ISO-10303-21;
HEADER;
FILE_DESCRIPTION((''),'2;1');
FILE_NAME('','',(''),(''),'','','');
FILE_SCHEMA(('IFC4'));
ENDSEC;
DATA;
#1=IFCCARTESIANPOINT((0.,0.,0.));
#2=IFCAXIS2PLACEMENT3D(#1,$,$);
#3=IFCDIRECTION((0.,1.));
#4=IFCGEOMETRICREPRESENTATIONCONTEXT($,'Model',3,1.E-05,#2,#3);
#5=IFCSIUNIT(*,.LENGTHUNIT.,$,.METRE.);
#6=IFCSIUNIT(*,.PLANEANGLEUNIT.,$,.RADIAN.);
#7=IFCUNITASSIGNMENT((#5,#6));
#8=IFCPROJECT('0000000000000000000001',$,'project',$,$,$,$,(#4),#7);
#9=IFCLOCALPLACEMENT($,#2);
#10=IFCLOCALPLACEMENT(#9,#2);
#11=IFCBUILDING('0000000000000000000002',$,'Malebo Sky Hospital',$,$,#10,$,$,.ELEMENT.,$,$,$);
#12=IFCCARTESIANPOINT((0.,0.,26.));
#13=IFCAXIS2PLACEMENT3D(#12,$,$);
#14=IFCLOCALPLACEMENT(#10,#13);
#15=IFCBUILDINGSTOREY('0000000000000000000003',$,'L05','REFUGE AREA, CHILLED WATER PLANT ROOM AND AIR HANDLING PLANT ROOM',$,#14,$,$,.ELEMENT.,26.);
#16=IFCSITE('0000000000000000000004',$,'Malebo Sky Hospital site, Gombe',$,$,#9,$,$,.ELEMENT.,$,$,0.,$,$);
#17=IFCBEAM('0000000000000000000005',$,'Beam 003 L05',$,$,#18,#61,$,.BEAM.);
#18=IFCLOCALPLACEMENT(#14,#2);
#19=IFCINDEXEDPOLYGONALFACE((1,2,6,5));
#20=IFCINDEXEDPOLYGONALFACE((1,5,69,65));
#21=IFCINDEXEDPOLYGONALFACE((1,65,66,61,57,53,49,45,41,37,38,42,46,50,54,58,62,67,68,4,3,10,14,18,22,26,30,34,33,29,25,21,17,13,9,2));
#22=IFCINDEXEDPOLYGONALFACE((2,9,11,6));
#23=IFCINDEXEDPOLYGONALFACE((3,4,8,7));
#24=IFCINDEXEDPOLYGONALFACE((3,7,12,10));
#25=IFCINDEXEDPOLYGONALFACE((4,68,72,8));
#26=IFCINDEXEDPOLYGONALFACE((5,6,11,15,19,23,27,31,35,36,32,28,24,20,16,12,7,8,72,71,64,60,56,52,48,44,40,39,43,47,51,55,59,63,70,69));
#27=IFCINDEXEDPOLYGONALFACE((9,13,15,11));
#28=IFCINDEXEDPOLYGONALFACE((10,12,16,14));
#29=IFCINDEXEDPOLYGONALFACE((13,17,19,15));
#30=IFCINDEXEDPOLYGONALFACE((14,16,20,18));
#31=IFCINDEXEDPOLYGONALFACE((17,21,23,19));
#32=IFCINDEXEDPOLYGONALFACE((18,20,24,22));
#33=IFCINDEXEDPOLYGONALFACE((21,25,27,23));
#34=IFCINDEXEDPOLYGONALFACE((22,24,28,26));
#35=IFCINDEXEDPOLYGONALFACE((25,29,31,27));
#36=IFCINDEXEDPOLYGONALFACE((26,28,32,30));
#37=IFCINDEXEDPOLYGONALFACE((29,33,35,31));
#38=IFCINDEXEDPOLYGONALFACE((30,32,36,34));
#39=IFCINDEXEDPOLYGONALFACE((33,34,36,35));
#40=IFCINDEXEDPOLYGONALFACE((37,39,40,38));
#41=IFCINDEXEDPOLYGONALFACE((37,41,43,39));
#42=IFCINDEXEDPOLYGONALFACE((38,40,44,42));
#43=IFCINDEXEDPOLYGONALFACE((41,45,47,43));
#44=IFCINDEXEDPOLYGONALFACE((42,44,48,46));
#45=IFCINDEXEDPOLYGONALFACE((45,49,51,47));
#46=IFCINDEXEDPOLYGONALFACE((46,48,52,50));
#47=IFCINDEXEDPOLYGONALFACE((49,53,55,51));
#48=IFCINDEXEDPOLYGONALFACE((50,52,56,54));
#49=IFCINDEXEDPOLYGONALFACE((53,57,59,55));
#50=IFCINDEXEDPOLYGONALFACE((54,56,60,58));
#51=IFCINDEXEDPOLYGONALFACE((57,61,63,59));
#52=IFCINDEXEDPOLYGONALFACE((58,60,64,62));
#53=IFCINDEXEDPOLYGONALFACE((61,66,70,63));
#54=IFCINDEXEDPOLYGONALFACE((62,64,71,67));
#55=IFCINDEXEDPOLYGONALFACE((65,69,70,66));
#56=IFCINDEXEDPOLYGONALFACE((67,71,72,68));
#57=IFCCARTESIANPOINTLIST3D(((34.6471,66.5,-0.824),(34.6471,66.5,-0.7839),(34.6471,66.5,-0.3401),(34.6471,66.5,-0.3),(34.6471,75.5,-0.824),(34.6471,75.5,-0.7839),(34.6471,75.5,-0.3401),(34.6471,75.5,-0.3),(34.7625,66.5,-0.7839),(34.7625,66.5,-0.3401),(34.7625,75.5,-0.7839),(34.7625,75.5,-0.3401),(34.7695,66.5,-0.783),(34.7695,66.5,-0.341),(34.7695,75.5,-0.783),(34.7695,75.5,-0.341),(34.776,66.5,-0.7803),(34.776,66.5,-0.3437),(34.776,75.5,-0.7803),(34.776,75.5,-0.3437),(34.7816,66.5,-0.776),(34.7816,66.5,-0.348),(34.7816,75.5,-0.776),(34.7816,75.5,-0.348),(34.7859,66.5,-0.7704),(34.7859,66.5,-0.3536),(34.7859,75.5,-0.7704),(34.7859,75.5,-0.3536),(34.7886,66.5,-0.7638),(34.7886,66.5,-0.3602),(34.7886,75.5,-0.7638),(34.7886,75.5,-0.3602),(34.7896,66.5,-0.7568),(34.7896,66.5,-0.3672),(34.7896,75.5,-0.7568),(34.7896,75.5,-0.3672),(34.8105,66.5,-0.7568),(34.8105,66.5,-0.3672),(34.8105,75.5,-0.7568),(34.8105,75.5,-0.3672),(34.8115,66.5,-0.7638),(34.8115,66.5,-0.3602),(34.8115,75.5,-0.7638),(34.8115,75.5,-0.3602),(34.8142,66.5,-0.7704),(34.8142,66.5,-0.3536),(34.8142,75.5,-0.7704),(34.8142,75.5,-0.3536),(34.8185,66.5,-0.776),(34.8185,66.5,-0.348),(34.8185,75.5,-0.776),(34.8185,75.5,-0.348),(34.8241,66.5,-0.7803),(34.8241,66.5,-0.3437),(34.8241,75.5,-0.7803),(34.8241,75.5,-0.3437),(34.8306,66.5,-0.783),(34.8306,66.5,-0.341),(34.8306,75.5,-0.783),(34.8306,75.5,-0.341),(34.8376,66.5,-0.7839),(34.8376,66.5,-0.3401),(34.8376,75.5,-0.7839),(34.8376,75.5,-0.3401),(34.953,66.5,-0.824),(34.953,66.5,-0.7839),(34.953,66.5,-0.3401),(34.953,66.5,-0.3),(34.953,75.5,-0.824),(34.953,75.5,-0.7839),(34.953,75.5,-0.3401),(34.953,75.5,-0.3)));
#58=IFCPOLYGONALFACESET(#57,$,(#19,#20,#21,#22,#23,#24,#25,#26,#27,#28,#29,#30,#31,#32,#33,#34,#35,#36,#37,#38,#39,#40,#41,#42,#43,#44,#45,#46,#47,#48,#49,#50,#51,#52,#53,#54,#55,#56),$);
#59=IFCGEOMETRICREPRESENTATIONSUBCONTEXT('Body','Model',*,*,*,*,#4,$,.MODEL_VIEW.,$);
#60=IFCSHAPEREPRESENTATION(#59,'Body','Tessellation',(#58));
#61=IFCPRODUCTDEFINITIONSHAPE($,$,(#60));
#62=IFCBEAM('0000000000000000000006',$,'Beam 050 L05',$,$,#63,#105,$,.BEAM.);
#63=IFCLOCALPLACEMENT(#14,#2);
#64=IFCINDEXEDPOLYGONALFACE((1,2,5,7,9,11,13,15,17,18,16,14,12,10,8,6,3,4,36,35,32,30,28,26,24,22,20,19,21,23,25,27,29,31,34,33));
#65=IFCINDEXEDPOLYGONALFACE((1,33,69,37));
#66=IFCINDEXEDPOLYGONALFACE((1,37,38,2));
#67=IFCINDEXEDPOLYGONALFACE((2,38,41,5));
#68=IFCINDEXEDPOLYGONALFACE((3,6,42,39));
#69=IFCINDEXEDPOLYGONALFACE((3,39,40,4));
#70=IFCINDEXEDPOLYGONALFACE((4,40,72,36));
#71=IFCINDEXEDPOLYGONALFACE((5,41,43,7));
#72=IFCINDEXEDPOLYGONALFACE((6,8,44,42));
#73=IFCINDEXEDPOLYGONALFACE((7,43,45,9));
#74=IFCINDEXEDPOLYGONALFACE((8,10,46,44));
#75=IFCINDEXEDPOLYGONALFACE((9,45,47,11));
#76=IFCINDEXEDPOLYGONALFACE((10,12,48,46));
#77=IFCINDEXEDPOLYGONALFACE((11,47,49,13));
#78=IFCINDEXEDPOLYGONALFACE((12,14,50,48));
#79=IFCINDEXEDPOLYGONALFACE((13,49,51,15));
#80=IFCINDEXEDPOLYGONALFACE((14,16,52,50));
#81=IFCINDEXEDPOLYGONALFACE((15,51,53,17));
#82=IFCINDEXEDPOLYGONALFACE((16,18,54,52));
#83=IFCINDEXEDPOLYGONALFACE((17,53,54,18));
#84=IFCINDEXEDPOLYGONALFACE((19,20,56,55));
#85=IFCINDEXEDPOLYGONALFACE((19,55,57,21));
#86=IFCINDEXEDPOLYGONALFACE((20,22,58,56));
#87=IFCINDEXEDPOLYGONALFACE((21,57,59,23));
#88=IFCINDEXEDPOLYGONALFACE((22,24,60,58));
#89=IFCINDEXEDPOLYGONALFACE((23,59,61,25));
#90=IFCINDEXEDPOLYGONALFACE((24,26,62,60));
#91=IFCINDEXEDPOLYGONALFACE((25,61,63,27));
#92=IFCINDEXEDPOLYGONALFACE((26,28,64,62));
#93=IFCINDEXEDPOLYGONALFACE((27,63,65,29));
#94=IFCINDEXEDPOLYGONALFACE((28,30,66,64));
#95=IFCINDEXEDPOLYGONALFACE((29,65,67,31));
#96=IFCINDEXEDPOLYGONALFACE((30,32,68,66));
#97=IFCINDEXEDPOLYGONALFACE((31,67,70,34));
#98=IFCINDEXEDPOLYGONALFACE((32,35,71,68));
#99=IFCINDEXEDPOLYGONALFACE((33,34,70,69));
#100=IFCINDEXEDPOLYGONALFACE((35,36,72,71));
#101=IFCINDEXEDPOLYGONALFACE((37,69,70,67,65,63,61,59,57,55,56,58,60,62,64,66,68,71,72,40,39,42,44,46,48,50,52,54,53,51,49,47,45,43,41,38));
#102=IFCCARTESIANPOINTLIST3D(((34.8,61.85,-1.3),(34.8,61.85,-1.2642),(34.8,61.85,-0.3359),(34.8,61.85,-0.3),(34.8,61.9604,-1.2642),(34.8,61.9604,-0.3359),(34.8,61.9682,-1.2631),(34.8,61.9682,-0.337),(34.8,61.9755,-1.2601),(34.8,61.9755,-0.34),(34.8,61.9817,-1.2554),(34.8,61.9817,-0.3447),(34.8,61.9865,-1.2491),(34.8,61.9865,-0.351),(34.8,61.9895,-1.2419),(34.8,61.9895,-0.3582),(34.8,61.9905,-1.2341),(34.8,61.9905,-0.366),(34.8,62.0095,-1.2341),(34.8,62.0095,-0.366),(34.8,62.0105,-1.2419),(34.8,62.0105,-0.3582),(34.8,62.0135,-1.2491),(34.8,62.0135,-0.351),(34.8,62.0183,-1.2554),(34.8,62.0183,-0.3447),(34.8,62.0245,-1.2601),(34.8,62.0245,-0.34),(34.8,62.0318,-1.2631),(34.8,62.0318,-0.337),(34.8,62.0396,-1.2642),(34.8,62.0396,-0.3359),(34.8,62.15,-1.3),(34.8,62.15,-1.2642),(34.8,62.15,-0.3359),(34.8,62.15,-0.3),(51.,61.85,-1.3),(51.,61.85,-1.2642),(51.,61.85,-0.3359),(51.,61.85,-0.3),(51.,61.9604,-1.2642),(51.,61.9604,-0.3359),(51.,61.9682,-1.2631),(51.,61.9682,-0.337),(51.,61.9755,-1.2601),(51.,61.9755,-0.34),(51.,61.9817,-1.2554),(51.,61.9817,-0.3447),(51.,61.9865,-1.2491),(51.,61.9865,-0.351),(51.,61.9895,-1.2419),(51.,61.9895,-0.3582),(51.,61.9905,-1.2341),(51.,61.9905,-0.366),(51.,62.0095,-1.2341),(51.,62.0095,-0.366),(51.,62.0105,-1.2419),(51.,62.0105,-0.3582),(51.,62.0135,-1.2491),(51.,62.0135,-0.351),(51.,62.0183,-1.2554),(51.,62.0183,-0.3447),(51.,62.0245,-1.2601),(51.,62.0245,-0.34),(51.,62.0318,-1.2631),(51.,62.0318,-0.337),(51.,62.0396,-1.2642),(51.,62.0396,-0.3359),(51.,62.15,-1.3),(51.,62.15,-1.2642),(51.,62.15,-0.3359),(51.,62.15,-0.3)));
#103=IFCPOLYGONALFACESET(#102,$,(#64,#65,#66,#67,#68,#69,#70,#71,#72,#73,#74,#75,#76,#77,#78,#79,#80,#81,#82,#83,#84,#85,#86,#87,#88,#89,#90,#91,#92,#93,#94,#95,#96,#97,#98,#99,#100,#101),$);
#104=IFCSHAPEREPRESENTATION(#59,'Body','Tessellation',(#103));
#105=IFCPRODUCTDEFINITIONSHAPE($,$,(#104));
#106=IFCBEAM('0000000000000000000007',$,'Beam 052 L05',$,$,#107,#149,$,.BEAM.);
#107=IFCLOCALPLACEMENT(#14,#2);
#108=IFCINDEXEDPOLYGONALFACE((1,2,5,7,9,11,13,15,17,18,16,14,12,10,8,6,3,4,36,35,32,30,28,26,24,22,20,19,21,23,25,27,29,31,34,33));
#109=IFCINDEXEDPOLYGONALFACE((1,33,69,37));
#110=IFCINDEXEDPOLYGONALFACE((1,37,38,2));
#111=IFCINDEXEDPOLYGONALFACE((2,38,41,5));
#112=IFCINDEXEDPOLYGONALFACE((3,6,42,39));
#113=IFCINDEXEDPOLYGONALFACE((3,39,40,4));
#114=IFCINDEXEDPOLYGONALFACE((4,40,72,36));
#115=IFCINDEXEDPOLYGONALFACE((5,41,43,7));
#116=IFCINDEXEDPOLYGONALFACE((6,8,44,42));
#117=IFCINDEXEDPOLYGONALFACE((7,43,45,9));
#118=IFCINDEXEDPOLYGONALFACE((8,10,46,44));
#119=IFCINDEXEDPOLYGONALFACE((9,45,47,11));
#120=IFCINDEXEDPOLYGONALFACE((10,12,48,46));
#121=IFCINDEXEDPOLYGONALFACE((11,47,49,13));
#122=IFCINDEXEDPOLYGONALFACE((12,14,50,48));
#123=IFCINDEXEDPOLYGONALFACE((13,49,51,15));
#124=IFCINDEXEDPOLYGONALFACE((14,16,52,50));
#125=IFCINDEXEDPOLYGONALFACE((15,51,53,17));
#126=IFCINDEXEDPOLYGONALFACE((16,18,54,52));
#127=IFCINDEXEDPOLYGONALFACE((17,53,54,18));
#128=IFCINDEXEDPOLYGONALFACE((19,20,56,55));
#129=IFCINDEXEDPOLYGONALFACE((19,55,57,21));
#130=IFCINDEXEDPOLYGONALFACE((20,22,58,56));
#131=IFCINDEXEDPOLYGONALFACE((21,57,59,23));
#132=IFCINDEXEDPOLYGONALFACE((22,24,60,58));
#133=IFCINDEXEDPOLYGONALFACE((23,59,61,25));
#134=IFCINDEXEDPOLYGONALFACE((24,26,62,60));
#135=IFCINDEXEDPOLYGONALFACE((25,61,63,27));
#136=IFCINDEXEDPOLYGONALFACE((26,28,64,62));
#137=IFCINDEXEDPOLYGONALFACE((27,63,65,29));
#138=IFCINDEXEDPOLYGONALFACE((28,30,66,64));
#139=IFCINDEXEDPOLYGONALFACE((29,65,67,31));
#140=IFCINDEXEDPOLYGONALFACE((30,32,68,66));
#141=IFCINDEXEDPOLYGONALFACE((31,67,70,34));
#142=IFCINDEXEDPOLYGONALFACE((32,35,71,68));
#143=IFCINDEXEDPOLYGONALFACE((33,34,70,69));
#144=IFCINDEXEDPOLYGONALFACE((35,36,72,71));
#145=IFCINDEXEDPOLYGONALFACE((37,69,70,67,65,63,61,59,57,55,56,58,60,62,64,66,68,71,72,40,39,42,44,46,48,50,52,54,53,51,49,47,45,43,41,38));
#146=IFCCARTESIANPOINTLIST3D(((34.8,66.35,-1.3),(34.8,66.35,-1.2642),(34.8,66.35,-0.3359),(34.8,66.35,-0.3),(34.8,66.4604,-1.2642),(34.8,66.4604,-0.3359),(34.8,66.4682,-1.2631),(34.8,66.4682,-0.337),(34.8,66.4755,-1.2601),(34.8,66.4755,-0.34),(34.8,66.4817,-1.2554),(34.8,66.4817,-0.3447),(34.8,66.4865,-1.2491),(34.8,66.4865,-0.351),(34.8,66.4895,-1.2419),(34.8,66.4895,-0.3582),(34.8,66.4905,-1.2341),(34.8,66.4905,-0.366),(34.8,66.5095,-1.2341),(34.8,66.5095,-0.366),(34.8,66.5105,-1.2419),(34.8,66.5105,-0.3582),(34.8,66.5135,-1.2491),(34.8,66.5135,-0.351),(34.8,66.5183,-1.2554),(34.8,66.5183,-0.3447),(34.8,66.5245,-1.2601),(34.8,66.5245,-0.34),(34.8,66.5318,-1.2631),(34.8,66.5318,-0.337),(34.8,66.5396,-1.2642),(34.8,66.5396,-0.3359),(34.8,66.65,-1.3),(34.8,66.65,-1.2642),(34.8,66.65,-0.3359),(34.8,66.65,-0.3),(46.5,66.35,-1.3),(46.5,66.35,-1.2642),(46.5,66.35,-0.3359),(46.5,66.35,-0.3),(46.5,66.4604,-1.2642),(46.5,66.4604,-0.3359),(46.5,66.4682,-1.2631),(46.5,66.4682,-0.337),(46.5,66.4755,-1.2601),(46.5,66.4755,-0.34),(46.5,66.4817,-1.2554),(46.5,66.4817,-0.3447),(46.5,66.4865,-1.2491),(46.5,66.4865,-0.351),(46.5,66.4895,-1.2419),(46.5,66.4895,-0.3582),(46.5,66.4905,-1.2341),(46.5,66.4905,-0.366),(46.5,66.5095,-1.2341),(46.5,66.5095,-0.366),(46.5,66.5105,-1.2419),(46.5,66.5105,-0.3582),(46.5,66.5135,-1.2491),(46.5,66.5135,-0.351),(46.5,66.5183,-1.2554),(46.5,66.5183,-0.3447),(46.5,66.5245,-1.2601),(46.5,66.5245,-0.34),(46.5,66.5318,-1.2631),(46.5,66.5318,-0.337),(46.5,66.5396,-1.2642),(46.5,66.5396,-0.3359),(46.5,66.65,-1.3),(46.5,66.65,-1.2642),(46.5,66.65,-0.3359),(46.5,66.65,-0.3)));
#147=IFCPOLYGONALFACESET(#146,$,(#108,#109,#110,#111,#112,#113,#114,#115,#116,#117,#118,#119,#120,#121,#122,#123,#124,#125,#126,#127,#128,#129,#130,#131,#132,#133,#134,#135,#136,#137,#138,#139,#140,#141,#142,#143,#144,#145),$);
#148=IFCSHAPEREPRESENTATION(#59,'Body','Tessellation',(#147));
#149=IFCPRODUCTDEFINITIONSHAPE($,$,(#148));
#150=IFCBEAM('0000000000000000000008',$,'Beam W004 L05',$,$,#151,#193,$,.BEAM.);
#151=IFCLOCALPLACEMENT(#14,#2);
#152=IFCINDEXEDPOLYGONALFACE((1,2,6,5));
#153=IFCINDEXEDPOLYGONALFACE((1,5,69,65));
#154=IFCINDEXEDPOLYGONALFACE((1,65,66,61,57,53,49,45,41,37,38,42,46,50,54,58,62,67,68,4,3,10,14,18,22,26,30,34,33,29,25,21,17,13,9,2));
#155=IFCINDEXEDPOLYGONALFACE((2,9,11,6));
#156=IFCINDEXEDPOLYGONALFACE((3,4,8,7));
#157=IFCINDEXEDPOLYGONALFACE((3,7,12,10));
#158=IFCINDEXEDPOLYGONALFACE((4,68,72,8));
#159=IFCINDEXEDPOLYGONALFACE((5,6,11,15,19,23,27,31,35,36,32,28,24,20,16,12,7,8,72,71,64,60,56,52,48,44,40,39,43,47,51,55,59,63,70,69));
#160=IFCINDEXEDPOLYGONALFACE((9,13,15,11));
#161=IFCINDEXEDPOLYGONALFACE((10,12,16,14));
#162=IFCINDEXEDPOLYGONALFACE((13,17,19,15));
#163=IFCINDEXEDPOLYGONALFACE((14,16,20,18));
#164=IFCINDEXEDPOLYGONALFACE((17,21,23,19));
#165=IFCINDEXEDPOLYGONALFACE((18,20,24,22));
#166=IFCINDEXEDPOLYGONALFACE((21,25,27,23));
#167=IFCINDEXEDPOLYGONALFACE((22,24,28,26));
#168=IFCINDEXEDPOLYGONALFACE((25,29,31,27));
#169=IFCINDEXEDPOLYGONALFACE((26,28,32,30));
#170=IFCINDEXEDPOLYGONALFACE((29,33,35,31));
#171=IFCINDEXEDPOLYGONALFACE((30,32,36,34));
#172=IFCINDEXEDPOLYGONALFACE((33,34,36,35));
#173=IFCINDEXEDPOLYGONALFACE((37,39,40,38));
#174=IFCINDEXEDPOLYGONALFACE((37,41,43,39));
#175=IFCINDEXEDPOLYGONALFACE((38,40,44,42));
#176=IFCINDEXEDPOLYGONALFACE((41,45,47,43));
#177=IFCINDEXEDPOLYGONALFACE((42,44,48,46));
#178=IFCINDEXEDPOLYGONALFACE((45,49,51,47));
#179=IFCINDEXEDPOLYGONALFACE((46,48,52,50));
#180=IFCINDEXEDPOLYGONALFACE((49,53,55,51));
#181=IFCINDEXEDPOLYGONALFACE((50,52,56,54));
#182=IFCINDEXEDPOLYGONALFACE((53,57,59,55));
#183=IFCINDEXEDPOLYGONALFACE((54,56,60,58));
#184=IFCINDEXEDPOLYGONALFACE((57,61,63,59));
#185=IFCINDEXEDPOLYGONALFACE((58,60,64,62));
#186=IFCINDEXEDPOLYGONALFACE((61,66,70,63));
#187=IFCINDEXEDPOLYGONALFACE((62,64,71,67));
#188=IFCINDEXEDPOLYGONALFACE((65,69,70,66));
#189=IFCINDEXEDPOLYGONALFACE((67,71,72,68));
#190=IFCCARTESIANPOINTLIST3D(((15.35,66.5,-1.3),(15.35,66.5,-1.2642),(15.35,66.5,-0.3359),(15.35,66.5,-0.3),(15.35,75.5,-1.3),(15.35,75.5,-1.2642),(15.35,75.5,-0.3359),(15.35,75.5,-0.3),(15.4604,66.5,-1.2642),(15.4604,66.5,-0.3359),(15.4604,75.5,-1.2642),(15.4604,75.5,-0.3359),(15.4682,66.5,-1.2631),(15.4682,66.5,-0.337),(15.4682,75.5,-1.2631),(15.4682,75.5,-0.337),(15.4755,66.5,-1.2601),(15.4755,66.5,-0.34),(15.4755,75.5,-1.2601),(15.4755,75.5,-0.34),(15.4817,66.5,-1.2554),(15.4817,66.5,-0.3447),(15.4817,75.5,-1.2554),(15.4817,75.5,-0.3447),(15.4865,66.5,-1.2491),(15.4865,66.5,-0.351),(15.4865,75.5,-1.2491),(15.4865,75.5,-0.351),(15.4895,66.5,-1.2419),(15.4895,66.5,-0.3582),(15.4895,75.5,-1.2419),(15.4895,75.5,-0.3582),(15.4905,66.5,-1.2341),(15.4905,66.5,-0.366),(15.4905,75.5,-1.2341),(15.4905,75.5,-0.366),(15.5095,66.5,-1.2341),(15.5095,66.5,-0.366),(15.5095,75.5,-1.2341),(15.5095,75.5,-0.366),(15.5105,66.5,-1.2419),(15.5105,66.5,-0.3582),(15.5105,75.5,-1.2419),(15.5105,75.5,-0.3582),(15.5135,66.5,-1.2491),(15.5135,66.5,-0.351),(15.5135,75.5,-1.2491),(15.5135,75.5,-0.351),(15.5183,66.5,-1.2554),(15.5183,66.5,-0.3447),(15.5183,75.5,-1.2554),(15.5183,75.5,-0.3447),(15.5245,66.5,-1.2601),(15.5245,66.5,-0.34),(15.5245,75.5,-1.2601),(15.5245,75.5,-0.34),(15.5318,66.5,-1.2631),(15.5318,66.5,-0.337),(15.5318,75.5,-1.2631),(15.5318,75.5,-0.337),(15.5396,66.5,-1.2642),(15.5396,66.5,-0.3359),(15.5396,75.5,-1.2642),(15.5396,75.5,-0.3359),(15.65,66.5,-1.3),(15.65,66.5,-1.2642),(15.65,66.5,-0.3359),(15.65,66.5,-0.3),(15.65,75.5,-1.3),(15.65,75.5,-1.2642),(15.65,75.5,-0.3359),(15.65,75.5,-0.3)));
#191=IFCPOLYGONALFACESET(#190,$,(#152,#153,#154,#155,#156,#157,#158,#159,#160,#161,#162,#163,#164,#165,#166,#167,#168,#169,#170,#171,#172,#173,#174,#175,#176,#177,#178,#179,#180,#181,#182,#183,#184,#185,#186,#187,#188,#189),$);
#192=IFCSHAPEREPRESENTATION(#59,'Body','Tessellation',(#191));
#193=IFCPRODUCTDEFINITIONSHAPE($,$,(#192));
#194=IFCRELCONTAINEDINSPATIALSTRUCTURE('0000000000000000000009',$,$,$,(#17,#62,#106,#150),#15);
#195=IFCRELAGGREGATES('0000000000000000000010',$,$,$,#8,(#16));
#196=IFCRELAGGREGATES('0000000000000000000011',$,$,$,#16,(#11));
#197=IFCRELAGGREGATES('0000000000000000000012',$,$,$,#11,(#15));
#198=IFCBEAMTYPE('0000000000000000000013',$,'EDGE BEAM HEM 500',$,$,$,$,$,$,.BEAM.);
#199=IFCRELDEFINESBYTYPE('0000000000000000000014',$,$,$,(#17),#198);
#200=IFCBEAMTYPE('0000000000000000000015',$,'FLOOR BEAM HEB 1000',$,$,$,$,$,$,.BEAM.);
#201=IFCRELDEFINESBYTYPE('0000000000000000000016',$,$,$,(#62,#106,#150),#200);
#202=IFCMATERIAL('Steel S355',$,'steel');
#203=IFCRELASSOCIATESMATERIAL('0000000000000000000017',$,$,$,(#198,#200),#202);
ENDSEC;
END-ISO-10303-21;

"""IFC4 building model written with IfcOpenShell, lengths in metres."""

from ifc_helpers import new_model, si_unit, direction, frame, origin, origin_2d, place, context, subcontext, project, spatial, i_section, extrude, material, material_profile, profile_set, type_object, element, save


model = new_model("IFC4")

# Units and contexts
model_context = context("Model", 3, precision=1e-05, world=origin(), true_north=direction((0.0, 1.0)))
body_context = subcontext(model_context, "Body", "Model", "MODEL_VIEW")
ifc_project = project(units=[si_unit("LENGTHUNIT", "METRE"), si_unit("PLANEANGLEUNIT", "RADIAN")], contexts=[model_context])

# Site, building, storey
site_placement = place(None, origin())
site = spatial("IfcSite", under=ifc_project, at=site_placement, Name="Malebo Sky Hospital site, Gombe", CompositionType="ELEMENT", RefElevation=0.0)
building_placement = place(site_placement, origin())
building = spatial("IfcBuilding", under=site, at=building_placement, Name="Malebo Sky Hospital", CompositionType="ELEMENT")
storey_placement = place(building_placement, frame((0.0, 0.0, 26.0)))
storey = spatial("IfcBuildingStorey", under=building, at=storey_placement, Name="L05", Description="REFUGE AREA, CHILLED WATER PLANT ROOM AND AIR HANDLING PLANT ROOM", CompositionType="ELEMENT", Elevation=26.0)

# Beams
ifc_material_1 = material(Name="Steel S355", Category="steel")
ifc_material_profile_1 = material_profile(ifc_material_1, i_section(OverallWidth=0.3059, OverallDepth=0.5239, WebThickness=0.021, FlangeThickness=0.04, FilletRadius=0.0271, at=origin_2d()), Name="HEM 500")
ifc_profile_set_1 = profile_set([ifc_material_profile_1], Name="Steel S355")
beam_type_1 = type_object("IfcBeamType", Name="EDGE BEAM HEM 500", PredefinedType="BEAM", material=ifc_profile_set_1)
beam_1_placement = place(storey_placement, frame((34.8, 66.5, -0.562), z_axis=(0.0, 1.0, 0.0), x_axis=(-1.0, 0.0, 0.0)))
element("IfcBeam", 1, at=beam_1_placement, inside=storey, type_object=beam_type_1, Name="Beam 003 L05", PredefinedType="BEAM", context=body_context, shape_type="SweptSolid", body=[
    extrude(i_section(OverallWidth=0.3059, OverallDepth=0.5239, WebThickness=0.021, FlangeThickness=0.04, FilletRadius=0.0271, at=origin_2d()), origin(), (0.0, 0.0, 1.0), 9.0),
])
ifc_material_profile_2 = material_profile(ifc_material_1, i_section(OverallWidth=0.3, OverallDepth=1.0, WebThickness=0.019, FlangeThickness=0.0359, FilletRadius=0.03, at=origin_2d()), Name="HEB 1000")
ifc_profile_set_2 = profile_set([ifc_material_profile_2], Name="Steel S355")
beam_type_2 = type_object("IfcBeamType", Name="FLOOR BEAM HEB 1000", PredefinedType="BEAM", material=ifc_profile_set_2)
beam_2_placement = place(storey_placement, frame((34.8, 62.0, -0.8), z_axis=(1.0, 0.0, 0.0), x_axis=(0.0, 1.0, 0.0)))
element("IfcBeam", 2, at=beam_2_placement, inside=storey, type_object=beam_type_2, Name="Beam 050 L05", PredefinedType="BEAM", context=body_context, shape_type="SweptSolid", body=[
    extrude(i_section(OverallWidth=0.3, OverallDepth=1.0, WebThickness=0.019, FlangeThickness=0.0359, FilletRadius=0.03, at=origin_2d()), origin(), (0.0, 0.0, 1.0), 16.2),
])
beam_3_placement = place(storey_placement, frame((34.8, 66.5, -0.8), z_axis=(1.0, 0.0, 0.0), x_axis=(0.0, 1.0, 0.0)))
element("IfcBeam", 3, at=beam_3_placement, inside=storey, type_object=beam_type_2, Name="Beam 052 L05", PredefinedType="BEAM", context=body_context, shape_type="SweptSolid", body=[
    extrude(i_section(OverallWidth=0.3, OverallDepth=1.0, WebThickness=0.019, FlangeThickness=0.0359, FilletRadius=0.03, at=origin_2d()), origin(), (0.0, 0.0, 1.0), 11.7),
])
for number, where, z_axis, x_axis, name in (
    (4, (15.5, 66.5, -0.8), (0.0, 1.0, 0.0), (-1.0, 0.0, 0.0), "Beam W004 L05"),
):
    element("IfcBeam", number, at=place(storey_placement, frame(where, z_axis=z_axis, x_axis=x_axis)), inside=storey, type_object=beam_type_2, Name=name, PredefinedType="BEAM", context=body_context, shape_type="SweptSolid", body=[
        extrude(i_section(OverallWidth=0.3, OverallDepth=1.0, WebThickness=0.019, FlangeThickness=0.0359, FilletRadius=0.03, at=origin_2d()), origin(), (0.0, 0.0, 1.0), 9.0),
    ])

save(model, "model.ifc")
